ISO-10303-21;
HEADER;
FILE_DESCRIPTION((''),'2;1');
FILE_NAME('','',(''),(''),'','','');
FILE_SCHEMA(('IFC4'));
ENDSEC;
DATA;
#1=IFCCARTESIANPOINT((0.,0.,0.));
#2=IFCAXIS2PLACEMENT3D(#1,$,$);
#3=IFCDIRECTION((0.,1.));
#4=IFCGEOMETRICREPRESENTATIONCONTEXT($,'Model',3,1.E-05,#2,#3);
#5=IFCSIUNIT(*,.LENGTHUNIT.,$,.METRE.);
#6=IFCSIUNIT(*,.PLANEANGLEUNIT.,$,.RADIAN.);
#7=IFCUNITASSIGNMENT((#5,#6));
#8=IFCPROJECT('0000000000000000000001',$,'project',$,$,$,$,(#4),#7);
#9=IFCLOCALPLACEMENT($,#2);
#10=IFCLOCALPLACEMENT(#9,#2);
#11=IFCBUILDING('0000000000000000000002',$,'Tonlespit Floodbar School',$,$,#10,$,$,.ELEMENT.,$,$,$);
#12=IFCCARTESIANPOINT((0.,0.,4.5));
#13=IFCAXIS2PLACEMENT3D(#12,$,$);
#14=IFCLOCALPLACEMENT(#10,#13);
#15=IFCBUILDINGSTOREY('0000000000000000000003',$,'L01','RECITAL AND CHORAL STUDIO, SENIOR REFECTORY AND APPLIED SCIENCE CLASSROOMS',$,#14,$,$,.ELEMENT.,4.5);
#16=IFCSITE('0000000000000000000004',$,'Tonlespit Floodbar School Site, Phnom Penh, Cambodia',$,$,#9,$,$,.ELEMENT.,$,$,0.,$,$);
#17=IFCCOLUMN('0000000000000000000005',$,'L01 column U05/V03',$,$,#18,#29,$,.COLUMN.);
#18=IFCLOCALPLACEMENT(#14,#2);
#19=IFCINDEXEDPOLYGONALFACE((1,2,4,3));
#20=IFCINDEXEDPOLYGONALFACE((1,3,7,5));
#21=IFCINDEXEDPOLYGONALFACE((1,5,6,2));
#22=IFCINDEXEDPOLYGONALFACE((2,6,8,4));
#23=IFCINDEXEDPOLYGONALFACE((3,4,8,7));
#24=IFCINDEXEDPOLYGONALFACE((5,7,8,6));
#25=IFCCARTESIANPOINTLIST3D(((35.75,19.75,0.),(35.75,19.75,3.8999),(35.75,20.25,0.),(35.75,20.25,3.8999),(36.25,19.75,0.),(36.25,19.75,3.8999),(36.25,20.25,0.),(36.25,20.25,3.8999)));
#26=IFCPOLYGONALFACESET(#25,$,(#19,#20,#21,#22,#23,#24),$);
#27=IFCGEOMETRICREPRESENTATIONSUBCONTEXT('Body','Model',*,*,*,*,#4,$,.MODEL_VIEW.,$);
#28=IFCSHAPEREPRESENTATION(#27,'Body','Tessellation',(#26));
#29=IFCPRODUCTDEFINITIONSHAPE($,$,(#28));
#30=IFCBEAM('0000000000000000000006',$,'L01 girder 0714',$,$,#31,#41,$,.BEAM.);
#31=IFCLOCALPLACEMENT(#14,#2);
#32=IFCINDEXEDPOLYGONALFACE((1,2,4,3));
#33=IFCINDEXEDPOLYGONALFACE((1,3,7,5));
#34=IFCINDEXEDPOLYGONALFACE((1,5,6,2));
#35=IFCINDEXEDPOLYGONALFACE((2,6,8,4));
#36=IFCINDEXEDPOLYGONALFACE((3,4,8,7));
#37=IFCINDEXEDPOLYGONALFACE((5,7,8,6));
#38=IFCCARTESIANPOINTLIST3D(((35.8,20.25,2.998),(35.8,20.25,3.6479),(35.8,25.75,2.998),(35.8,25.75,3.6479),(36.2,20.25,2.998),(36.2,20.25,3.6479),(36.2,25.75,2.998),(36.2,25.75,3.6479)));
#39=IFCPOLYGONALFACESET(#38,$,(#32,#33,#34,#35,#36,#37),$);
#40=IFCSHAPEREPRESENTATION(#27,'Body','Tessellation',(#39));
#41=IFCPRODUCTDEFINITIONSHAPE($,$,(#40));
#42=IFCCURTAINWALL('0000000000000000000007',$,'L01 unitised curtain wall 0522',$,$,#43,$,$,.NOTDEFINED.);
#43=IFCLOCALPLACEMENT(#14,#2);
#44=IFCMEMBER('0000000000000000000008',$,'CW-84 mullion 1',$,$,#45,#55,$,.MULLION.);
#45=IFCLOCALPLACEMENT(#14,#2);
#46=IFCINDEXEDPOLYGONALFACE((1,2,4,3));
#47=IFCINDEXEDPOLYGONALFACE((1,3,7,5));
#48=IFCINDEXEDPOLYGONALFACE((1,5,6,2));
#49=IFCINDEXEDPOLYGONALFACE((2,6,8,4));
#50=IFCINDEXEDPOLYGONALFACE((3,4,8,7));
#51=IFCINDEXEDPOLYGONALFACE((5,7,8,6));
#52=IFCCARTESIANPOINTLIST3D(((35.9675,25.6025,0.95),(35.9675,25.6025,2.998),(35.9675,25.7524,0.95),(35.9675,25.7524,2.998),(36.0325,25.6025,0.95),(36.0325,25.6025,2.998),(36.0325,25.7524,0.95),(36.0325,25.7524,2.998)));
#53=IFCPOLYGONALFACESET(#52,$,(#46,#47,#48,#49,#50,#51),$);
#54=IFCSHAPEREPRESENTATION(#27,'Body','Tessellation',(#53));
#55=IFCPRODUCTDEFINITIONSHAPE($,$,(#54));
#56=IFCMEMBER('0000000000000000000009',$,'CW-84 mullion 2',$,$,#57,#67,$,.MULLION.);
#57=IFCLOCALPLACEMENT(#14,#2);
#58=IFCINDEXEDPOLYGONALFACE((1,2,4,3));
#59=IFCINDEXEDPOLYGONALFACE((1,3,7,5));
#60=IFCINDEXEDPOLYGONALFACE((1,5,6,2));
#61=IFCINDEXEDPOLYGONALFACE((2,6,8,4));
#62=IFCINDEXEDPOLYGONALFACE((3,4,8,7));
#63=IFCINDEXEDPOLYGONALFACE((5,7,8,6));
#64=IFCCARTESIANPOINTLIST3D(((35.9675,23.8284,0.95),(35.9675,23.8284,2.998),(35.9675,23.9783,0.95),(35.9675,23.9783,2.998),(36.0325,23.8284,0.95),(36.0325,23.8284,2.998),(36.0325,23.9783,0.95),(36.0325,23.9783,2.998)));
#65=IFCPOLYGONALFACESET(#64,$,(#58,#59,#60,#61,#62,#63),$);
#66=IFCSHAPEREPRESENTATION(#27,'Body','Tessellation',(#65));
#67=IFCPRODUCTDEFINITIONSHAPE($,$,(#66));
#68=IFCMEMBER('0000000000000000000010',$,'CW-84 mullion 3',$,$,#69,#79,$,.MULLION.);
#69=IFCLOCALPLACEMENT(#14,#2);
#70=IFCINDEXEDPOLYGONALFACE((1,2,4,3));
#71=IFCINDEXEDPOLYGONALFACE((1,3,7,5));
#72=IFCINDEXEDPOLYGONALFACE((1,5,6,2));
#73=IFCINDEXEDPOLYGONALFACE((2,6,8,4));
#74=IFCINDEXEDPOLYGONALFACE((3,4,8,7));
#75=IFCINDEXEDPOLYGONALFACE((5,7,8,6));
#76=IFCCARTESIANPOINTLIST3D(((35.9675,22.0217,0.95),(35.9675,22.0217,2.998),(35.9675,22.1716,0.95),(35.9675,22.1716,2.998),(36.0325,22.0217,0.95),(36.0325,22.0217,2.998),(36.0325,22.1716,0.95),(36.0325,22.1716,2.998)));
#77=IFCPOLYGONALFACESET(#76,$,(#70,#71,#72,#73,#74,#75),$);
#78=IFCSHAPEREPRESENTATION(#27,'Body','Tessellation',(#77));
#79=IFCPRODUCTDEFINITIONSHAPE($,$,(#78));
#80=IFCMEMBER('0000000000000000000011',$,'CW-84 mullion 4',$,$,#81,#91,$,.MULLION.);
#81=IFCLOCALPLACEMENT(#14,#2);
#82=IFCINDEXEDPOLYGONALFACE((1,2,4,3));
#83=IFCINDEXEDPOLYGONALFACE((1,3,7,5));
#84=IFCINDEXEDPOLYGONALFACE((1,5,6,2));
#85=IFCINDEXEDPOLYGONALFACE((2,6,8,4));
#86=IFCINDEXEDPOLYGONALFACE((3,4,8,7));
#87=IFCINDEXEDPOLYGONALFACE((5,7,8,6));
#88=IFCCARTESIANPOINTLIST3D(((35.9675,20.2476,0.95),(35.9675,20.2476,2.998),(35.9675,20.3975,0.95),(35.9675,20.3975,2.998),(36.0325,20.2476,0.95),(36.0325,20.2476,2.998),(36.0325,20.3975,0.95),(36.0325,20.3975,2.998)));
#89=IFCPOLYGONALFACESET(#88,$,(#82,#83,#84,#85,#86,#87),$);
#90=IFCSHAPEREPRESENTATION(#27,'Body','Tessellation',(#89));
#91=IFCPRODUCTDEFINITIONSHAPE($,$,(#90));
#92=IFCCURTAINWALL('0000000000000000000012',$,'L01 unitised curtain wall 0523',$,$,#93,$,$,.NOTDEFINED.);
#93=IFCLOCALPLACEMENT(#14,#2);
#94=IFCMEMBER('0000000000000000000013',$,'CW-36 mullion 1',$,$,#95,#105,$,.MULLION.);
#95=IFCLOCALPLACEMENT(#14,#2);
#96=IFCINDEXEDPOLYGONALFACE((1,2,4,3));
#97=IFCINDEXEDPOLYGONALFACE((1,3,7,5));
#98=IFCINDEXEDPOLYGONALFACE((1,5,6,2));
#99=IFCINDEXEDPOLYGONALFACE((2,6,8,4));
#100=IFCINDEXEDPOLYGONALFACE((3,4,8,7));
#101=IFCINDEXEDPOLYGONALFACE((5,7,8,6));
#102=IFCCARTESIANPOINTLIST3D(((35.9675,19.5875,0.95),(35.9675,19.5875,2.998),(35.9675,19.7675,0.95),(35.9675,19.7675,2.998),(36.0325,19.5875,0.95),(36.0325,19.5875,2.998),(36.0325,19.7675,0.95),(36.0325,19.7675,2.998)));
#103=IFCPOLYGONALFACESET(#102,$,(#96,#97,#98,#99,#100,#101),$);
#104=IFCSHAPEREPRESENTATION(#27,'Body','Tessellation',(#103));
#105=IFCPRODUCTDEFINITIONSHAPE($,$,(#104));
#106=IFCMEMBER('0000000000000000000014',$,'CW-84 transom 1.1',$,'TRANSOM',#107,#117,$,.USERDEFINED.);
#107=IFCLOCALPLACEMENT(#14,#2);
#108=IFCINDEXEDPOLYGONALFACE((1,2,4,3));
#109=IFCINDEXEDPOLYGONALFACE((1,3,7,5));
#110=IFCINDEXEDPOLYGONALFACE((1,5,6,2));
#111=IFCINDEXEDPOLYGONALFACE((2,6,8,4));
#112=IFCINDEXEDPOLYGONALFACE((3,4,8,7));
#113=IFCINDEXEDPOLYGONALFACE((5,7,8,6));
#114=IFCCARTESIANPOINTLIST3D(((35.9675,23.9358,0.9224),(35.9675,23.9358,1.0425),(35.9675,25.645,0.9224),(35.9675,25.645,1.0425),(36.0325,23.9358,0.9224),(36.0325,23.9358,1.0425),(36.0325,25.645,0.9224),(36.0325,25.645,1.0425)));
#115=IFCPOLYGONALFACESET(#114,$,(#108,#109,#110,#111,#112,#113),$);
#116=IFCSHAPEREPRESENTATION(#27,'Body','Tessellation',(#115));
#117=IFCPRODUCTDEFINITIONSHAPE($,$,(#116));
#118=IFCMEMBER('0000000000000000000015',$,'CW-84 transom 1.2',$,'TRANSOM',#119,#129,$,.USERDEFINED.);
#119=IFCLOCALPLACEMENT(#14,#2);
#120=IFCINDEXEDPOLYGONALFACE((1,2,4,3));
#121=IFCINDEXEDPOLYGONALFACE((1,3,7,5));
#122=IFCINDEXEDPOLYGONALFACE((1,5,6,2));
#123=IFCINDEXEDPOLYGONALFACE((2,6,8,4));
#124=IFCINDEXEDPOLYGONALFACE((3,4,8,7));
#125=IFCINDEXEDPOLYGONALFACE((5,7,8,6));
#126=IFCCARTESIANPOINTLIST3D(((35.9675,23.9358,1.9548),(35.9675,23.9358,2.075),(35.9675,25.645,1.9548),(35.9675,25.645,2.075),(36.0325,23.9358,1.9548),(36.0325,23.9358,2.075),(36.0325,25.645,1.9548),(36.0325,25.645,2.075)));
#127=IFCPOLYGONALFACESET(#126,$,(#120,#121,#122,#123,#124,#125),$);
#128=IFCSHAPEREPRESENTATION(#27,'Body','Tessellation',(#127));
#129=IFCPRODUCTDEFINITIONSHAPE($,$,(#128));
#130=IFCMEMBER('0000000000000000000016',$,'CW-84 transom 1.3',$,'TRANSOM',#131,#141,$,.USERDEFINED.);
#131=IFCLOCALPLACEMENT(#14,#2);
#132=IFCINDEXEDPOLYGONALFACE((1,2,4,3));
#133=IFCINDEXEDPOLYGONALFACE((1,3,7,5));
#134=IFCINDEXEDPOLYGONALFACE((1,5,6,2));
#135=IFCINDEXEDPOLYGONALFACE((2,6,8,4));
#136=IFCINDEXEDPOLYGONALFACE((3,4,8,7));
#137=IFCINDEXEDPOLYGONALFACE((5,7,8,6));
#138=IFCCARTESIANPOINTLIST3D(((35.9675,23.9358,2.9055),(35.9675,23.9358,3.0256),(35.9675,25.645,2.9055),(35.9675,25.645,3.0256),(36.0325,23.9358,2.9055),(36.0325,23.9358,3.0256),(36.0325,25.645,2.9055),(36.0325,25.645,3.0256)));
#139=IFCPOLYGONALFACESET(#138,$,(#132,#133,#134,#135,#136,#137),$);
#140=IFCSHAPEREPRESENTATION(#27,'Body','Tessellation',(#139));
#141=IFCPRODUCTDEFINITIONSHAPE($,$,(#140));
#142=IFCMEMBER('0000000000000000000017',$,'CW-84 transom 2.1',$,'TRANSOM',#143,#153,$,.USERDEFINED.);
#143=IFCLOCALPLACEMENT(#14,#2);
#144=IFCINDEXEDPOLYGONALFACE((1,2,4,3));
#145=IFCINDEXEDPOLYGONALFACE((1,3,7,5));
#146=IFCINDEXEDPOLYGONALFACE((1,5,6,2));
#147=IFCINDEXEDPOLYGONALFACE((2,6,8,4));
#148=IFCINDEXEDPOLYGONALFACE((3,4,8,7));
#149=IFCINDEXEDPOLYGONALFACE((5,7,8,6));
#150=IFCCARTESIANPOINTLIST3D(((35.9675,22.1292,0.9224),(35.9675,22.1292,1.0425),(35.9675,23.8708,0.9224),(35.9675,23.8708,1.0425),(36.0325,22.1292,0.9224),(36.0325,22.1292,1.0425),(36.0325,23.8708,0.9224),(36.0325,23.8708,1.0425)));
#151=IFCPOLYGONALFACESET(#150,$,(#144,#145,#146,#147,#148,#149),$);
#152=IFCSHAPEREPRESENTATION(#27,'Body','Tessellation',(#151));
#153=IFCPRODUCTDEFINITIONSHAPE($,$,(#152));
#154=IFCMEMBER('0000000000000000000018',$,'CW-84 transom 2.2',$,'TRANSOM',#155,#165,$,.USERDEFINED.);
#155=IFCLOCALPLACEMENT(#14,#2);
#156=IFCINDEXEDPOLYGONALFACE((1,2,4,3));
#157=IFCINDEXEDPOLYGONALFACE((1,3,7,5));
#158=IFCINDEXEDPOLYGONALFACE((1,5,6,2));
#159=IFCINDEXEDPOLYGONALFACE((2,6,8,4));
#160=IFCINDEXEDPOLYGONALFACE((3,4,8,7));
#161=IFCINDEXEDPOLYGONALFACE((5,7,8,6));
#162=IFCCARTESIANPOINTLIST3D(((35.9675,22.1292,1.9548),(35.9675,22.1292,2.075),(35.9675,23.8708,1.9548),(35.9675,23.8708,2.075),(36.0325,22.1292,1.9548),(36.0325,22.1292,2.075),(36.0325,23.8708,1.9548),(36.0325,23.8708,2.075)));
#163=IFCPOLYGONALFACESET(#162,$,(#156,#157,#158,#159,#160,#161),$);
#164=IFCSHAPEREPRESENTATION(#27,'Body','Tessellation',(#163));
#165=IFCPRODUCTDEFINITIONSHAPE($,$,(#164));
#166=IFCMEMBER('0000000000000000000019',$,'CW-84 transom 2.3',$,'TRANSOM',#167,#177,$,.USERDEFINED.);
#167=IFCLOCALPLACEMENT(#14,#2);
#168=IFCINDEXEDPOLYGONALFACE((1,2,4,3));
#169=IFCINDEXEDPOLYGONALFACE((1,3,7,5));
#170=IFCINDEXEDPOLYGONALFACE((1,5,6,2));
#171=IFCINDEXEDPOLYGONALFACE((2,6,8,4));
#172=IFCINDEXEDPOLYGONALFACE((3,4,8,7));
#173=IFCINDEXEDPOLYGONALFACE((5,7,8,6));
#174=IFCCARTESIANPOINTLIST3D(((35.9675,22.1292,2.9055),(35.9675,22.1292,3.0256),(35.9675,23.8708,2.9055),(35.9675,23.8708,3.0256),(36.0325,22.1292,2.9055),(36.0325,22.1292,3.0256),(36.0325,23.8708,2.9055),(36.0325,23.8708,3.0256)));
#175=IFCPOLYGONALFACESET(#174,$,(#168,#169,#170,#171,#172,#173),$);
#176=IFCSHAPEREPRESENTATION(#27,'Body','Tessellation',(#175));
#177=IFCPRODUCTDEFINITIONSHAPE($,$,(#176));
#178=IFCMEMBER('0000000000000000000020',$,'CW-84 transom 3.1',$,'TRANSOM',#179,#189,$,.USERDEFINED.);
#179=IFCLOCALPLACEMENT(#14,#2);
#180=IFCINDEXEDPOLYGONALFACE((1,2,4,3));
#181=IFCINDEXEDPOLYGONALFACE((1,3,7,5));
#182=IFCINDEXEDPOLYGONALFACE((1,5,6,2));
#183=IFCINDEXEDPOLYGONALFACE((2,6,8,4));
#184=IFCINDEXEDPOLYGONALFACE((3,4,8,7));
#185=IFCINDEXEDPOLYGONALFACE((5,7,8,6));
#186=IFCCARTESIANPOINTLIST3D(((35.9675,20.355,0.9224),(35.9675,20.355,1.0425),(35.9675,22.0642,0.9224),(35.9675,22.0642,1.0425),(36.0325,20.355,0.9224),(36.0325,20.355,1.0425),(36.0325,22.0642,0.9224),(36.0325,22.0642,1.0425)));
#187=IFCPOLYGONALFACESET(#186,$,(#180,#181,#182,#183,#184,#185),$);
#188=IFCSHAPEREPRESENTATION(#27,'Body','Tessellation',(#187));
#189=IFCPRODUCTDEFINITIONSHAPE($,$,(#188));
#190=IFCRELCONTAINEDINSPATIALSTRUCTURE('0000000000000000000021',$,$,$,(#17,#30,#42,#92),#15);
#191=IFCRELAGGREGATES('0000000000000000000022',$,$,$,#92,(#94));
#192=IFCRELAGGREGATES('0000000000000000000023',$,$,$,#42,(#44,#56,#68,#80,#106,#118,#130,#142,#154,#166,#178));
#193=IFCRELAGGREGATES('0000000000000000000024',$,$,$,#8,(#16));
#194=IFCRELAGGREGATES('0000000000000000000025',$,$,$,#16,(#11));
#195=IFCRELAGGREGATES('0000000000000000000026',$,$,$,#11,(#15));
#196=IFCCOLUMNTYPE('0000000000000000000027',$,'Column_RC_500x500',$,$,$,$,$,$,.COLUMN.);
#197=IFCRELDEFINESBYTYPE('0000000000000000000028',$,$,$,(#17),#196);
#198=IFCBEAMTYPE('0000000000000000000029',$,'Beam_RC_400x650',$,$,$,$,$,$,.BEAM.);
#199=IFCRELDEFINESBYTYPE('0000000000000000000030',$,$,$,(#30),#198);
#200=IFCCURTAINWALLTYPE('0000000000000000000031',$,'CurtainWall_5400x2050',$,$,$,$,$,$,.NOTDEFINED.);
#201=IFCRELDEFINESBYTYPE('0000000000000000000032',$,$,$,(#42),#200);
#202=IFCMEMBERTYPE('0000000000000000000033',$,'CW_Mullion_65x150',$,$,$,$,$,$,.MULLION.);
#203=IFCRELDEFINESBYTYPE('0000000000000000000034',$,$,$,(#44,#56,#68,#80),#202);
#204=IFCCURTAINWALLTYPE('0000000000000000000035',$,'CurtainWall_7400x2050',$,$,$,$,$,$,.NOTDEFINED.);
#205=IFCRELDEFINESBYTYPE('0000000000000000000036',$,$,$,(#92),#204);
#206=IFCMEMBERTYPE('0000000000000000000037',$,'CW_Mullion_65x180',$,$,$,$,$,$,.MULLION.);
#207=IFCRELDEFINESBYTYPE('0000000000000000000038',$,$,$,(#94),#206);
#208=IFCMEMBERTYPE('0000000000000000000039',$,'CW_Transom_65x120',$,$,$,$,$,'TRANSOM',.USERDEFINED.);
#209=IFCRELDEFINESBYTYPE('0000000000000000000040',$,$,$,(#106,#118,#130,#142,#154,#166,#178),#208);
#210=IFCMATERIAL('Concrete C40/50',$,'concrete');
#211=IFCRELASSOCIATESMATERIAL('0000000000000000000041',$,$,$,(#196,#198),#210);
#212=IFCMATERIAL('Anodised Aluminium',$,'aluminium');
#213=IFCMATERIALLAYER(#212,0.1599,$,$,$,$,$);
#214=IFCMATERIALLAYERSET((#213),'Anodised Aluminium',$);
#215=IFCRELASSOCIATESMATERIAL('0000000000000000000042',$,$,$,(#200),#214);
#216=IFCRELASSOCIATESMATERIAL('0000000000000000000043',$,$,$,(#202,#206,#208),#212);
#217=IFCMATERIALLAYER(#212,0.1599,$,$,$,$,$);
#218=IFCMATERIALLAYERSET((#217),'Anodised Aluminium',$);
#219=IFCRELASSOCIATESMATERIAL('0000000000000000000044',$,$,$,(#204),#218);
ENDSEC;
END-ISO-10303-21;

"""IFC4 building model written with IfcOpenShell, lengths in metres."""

from ifc_helpers import new_model, si_unit, direction, frame, origin, origin_2d, place, context, subcontext, project, spatial, rectangle, extrude, material, layer, layer_set, material_profile, profile_set, type_object, element, aggregate, save


model = new_model("IFC4")

# Units and contexts
model_context = context("Model", 3, precision=1e-05, world=origin(), true_north=direction((0.0, 1.0)))
body_context = subcontext(model_context, "Body", "Model", "MODEL_VIEW")
ifc_project = project(units=[si_unit("LENGTHUNIT", "METRE"), si_unit("PLANEANGLEUNIT", "RADIAN")], contexts=[model_context])

# Site, building, storey
site_placement = place(None, origin())
site = spatial("IfcSite", under=ifc_project, at=site_placement, Name="Tonlespit Floodbar School Site, Phnom Penh, Cambodia", CompositionType="ELEMENT", RefElevation=0.0)
building_placement = place(site_placement, origin())
building = spatial("IfcBuilding", under=site, at=building_placement, Name="Tonlespit Floodbar School", CompositionType="ELEMENT")
storey_placement = place(building_placement, frame((0.0, 0.0, 4.5)))
storey = spatial("IfcBuildingStorey", under=building, at=storey_placement, Name="L01", Description="RECITAL AND CHORAL STUDIO, SENIOR REFECTORY AND APPLIED SCIENCE CLASSROOMS", CompositionType="ELEMENT", Elevation=4.5)

# Column
ifc_material_1 = material(Name="Concrete C40/50", Category="concrete")
ifc_material_profile_1 = material_profile(ifc_material_1, rectangle(XDim=0.5, YDim=0.5, at=origin_2d()), Name="RC 500x500")
ifc_profile_set_1 = profile_set([ifc_material_profile_1], Name="Concrete C40/50")
column_type = type_object("IfcColumnType", Name="Column_RC_500x500", PredefinedType="COLUMN", material=ifc_profile_set_1)
column_placement = place(storey_placement, frame((36.0, 20.0, 0.0), z_axis=(0.0, 0.0, 1.0), x_axis=(1.0, 0.0, 0.0)))
element("IfcColumn", 1, at=column_placement, inside=storey, type_object=column_type, Name="L01 column U05/V03", PredefinedType="COLUMN", context=body_context, shape_type="SweptSolid", body=[
    extrude(rectangle(XDim=0.5, YDim=0.5, at=origin_2d()), origin(), (0.0, 0.0, 1.0), 3.8999),
])

# Beam
ifc_material_profile_2 = material_profile(ifc_material_1, rectangle(XDim=0.3999, YDim=0.6499, at=origin_2d()), Name="RC 400x650")
ifc_profile_set_2 = profile_set([ifc_material_profile_2], Name="Concrete C40/50")
beam_type = type_object("IfcBeamType", Name="Beam_RC_400x650", PredefinedType="BEAM", material=ifc_profile_set_2)
beam_placement = place(storey_placement, frame((36.0, 20.25, 3.323), z_axis=(0.0, 1.0, 0.0), x_axis=(-1.0, 0.0, 0.0)))
element("IfcBeam", 2, at=beam_placement, inside=storey, type_object=beam_type, Name="L01 girder 0714", PredefinedType="BEAM", context=body_context, shape_type="SweptSolid", body=[
    extrude(rectangle(XDim=0.3999, YDim=0.6499, at=origin_2d()), origin(), (0.0, 0.0, 1.0), 5.5),
])

# Curtain wall, members
ifc_material_2 = material(Name="Anodised Aluminium", Category="aluminium")
ifc_layer_1 = layer(ifc_material_2, 0.1599)
ifc_layer_set_1 = layer_set([ifc_layer_1], Name="Anodised Aluminium")
curtain_wall_type_1 = type_object("IfcCurtainWallType", Name="CurtainWall_5400x2050", PredefinedType="NOTDEFINED", material=ifc_layer_set_1)
curtain_wall_1_placement = place(storey_placement, origin())
curtain_wall_1 = element("IfcCurtainWall", 3, at=curtain_wall_1_placement, inside=storey, type_object=curtain_wall_type_1, Name="L01 unitised curtain wall 0522", PredefinedType="NOTDEFINED")
ifc_material_profile_3 = material_profile(ifc_material_2, rectangle(XDim=0.0649, YDim=0.1499, at=origin_2d()), Name="ALU M65x150")
ifc_profile_set_3 = profile_set([ifc_material_profile_3], Name="Anodised Aluminium")
member_type_1 = type_object("IfcMemberType", Name="CW_Mullion_65x150", PredefinedType="MULLION", material=ifc_profile_set_3)
member_1_placement = place(storey_placement, frame((36.0, 25.6775, 0.95), z_axis=(0.0, 0.0, 1.0), x_axis=(1.0, 0.0, 0.0)))
member_1 = element("IfcMember", 4, at=member_1_placement, type_object=member_type_1, Name="CW-84 mullion 1", PredefinedType="MULLION", context=body_context, shape_type="SweptSolid", body=[
    extrude(rectangle(XDim=0.0649, YDim=0.1499, at=origin_2d()), origin(), (0.0, 0.0, 1.0), 2.0481),
])
member_2_placement = place(storey_placement, frame((36.0, 23.9033, 0.95), z_axis=(0.0, 0.0, 1.0), x_axis=(1.0, 0.0, 0.0)))
member_2 = element("IfcMember", 5, at=member_2_placement, type_object=member_type_1, Name="CW-84 mullion 2", PredefinedType="MULLION", context=body_context, shape_type="SweptSolid", body=[
    extrude(rectangle(XDim=0.0649, YDim=0.1499, at=origin_2d()), origin(), (0.0, 0.0, 1.0), 2.0481),
])
member_3_placement = place(storey_placement, frame((36.0, 22.0967, 0.95), z_axis=(0.0, 0.0, 1.0), x_axis=(1.0, 0.0, 0.0)))
member_3 = element("IfcMember", 6, at=member_3_placement, type_object=member_type_1, Name="CW-84 mullion 3", PredefinedType="MULLION", context=body_context, shape_type="SweptSolid", body=[
    extrude(rectangle(XDim=0.0649, YDim=0.1499, at=origin_2d()), origin(), (0.0, 0.0, 1.0), 2.0481),
])
member_4_placement = place(storey_placement, frame((36.0, 20.3225, 0.95), z_axis=(0.0, 0.0, 1.0), x_axis=(1.0, 0.0, 0.0)))
member_4 = element("IfcMember", 7, at=member_4_placement, type_object=member_type_1, Name="CW-84 mullion 4", PredefinedType="MULLION", context=body_context, shape_type="SweptSolid", body=[
    extrude(rectangle(XDim=0.0649, YDim=0.1499, at=origin_2d()), origin(), (0.0, 0.0, 1.0), 2.0481),
])

# Curtain wall, member
ifc_layer_2 = layer(ifc_material_2, 0.1599)
ifc_layer_set_2 = layer_set([ifc_layer_2], Name="Anodised Aluminium")
curtain_wall_type_2 = type_object("IfcCurtainWallType", Name="CurtainWall_7400x2050", PredefinedType="NOTDEFINED", material=ifc_layer_set_2)
curtain_wall_2_placement = place(storey_placement, origin())
curtain_wall_2 = element("IfcCurtainWall", 8, at=curtain_wall_2_placement, inside=storey, type_object=curtain_wall_type_2, Name="L01 unitised curtain wall 0523", PredefinedType="NOTDEFINED")
ifc_material_profile_4 = material_profile(ifc_material_2, rectangle(XDim=0.0649, YDim=0.1799, at=origin_2d()), Name="ALU M65x180")
ifc_profile_set_4 = profile_set([ifc_material_profile_4], Name="Anodised Aluminium")
member_type_2 = type_object("IfcMemberType", Name="CW_Mullion_65x180", PredefinedType="MULLION", material=ifc_profile_set_4)
member_5_placement = place(storey_placement, frame((36.0, 19.6775, 0.95), z_axis=(0.0, 0.0, 1.0), x_axis=(1.0, 0.0, 0.0)))
member_5 = element("IfcMember", 9, at=member_5_placement, type_object=member_type_2, Name="CW-36 mullion 1", PredefinedType="MULLION", context=body_context, shape_type="SweptSolid", body=[
    extrude(rectangle(XDim=0.0649, YDim=0.1799, at=origin_2d()), origin(), (0.0, 0.0, 1.0), 2.0481),
])

# Members
ifc_material_profile_5 = material_profile(ifc_material_2, rectangle(XDim=0.0649, YDim=0.1201, at=origin_2d()), Name="ALU T65x120")
ifc_profile_set_5 = profile_set([ifc_material_profile_5], Name="Anodised Aluminium")
member_type_3 = type_object("IfcMemberType", Name="CW_Transom_65x120", ElementType="TRANSOM", PredefinedType="USERDEFINED", material=ifc_profile_set_5)
member_6_placement = place(storey_placement, frame((36.0, 25.645, 0.9824), z_axis=(0.0, -1.0, 0.0), x_axis=(1.0, 0.0, 0.0)))
member_6 = element("IfcMember", 10, at=member_6_placement, type_object=member_type_3, Name="CW-84 transom 1.1", ObjectType="TRANSOM", PredefinedType="USERDEFINED", context=body_context, shape_type="SweptSolid", body=[
    extrude(rectangle(XDim=0.0649, YDim=0.1201, at=origin_2d()), origin(), (0.0, 0.0, 1.0), 1.7092),
])
member_7_placement = place(storey_placement, frame((36.0, 25.645, 2.0149), z_axis=(0.0, -1.0, 0.0), x_axis=(1.0, 0.0, 0.0)))
member_7 = element("IfcMember", 11, at=member_7_placement, type_object=member_type_3, Name="CW-84 transom 1.2", ObjectType="TRANSOM", PredefinedType="USERDEFINED", context=body_context, shape_type="SweptSolid", body=[
    extrude(rectangle(XDim=0.0649, YDim=0.1201, at=origin_2d()), origin(), (0.0, 0.0, 1.0), 1.7092),
])
member_8_placement = place(storey_placement, frame((36.0, 25.645, 2.9656), z_axis=(0.0, -1.0, 0.0), x_axis=(1.0, 0.0, 0.0)))
member_8 = element("IfcMember", 12, at=member_8_placement, type_object=member_type_3, Name="CW-84 transom 1.3", ObjectType="TRANSOM", PredefinedType="USERDEFINED", context=body_context, shape_type="SweptSolid", body=[
    extrude(rectangle(XDim=0.0649, YDim=0.1201, at=origin_2d()), origin(), (0.0, 0.0, 1.0), 1.7092),
])
member_9_placement = place(storey_placement, frame((36.0, 23.8708, 0.9824), z_axis=(0.0, -1.0, 0.0), x_axis=(1.0, 0.0, 0.0)))
member_9 = element("IfcMember", 13, at=member_9_placement, type_object=member_type_3, Name="CW-84 transom 2.1", ObjectType="TRANSOM", PredefinedType="USERDEFINED", context=body_context, shape_type="SweptSolid", body=[
    extrude(rectangle(XDim=0.0649, YDim=0.1201, at=origin_2d()), origin(), (0.0, 0.0, 1.0), 1.7417),
])
member_10_placement = place(storey_placement, frame((36.0, 23.8708, 2.0149), z_axis=(0.0, -1.0, 0.0), x_axis=(1.0, 0.0, 0.0)))
member_10 = element("IfcMember", 14, at=member_10_placement, type_object=member_type_3, Name="CW-84 transom 2.2", ObjectType="TRANSOM", PredefinedType="USERDEFINED", context=body_context, shape_type="SweptSolid", body=[
    extrude(rectangle(XDim=0.0649, YDim=0.1201, at=origin_2d()), origin(), (0.0, 0.0, 1.0), 1.7417),
])
member_11_placement = place(storey_placement, frame((36.0, 23.8708, 2.9656), z_axis=(0.0, -1.0, 0.0), x_axis=(1.0, 0.0, 0.0)))
member_11 = element("IfcMember", 15, at=member_11_placement, type_object=member_type_3, Name="CW-84 transom 2.3", ObjectType="TRANSOM", PredefinedType="USERDEFINED", context=body_context, shape_type="SweptSolid", body=[
    extrude(rectangle(XDim=0.0649, YDim=0.1201, at=origin_2d()), origin(), (0.0, 0.0, 1.0), 1.7417),
])
member_12_placement = place(storey_placement, frame((36.0, 22.0642, 0.9824), z_axis=(0.0, -1.0, 0.0), x_axis=(1.0, 0.0, 0.0)))
member_12 = element("IfcMember", 16, at=member_12_placement, type_object=member_type_3, Name="CW-84 transom 3.1", ObjectType="TRANSOM", PredefinedType="USERDEFINED", context=body_context, shape_type="SweptSolid", body=[
    extrude(rectangle(XDim=0.0649, YDim=0.1201, at=origin_2d()), origin(), (0.0, 0.0, 1.0), 1.7092),
])
aggregate(curtain_wall_2, [member_5])

aggregate(curtain_wall_1, [member_1, member_2, member_3, member_4, member_6, member_7, member_8, member_9, member_10, member_11, member_12])

save(model, "model.ifc")
